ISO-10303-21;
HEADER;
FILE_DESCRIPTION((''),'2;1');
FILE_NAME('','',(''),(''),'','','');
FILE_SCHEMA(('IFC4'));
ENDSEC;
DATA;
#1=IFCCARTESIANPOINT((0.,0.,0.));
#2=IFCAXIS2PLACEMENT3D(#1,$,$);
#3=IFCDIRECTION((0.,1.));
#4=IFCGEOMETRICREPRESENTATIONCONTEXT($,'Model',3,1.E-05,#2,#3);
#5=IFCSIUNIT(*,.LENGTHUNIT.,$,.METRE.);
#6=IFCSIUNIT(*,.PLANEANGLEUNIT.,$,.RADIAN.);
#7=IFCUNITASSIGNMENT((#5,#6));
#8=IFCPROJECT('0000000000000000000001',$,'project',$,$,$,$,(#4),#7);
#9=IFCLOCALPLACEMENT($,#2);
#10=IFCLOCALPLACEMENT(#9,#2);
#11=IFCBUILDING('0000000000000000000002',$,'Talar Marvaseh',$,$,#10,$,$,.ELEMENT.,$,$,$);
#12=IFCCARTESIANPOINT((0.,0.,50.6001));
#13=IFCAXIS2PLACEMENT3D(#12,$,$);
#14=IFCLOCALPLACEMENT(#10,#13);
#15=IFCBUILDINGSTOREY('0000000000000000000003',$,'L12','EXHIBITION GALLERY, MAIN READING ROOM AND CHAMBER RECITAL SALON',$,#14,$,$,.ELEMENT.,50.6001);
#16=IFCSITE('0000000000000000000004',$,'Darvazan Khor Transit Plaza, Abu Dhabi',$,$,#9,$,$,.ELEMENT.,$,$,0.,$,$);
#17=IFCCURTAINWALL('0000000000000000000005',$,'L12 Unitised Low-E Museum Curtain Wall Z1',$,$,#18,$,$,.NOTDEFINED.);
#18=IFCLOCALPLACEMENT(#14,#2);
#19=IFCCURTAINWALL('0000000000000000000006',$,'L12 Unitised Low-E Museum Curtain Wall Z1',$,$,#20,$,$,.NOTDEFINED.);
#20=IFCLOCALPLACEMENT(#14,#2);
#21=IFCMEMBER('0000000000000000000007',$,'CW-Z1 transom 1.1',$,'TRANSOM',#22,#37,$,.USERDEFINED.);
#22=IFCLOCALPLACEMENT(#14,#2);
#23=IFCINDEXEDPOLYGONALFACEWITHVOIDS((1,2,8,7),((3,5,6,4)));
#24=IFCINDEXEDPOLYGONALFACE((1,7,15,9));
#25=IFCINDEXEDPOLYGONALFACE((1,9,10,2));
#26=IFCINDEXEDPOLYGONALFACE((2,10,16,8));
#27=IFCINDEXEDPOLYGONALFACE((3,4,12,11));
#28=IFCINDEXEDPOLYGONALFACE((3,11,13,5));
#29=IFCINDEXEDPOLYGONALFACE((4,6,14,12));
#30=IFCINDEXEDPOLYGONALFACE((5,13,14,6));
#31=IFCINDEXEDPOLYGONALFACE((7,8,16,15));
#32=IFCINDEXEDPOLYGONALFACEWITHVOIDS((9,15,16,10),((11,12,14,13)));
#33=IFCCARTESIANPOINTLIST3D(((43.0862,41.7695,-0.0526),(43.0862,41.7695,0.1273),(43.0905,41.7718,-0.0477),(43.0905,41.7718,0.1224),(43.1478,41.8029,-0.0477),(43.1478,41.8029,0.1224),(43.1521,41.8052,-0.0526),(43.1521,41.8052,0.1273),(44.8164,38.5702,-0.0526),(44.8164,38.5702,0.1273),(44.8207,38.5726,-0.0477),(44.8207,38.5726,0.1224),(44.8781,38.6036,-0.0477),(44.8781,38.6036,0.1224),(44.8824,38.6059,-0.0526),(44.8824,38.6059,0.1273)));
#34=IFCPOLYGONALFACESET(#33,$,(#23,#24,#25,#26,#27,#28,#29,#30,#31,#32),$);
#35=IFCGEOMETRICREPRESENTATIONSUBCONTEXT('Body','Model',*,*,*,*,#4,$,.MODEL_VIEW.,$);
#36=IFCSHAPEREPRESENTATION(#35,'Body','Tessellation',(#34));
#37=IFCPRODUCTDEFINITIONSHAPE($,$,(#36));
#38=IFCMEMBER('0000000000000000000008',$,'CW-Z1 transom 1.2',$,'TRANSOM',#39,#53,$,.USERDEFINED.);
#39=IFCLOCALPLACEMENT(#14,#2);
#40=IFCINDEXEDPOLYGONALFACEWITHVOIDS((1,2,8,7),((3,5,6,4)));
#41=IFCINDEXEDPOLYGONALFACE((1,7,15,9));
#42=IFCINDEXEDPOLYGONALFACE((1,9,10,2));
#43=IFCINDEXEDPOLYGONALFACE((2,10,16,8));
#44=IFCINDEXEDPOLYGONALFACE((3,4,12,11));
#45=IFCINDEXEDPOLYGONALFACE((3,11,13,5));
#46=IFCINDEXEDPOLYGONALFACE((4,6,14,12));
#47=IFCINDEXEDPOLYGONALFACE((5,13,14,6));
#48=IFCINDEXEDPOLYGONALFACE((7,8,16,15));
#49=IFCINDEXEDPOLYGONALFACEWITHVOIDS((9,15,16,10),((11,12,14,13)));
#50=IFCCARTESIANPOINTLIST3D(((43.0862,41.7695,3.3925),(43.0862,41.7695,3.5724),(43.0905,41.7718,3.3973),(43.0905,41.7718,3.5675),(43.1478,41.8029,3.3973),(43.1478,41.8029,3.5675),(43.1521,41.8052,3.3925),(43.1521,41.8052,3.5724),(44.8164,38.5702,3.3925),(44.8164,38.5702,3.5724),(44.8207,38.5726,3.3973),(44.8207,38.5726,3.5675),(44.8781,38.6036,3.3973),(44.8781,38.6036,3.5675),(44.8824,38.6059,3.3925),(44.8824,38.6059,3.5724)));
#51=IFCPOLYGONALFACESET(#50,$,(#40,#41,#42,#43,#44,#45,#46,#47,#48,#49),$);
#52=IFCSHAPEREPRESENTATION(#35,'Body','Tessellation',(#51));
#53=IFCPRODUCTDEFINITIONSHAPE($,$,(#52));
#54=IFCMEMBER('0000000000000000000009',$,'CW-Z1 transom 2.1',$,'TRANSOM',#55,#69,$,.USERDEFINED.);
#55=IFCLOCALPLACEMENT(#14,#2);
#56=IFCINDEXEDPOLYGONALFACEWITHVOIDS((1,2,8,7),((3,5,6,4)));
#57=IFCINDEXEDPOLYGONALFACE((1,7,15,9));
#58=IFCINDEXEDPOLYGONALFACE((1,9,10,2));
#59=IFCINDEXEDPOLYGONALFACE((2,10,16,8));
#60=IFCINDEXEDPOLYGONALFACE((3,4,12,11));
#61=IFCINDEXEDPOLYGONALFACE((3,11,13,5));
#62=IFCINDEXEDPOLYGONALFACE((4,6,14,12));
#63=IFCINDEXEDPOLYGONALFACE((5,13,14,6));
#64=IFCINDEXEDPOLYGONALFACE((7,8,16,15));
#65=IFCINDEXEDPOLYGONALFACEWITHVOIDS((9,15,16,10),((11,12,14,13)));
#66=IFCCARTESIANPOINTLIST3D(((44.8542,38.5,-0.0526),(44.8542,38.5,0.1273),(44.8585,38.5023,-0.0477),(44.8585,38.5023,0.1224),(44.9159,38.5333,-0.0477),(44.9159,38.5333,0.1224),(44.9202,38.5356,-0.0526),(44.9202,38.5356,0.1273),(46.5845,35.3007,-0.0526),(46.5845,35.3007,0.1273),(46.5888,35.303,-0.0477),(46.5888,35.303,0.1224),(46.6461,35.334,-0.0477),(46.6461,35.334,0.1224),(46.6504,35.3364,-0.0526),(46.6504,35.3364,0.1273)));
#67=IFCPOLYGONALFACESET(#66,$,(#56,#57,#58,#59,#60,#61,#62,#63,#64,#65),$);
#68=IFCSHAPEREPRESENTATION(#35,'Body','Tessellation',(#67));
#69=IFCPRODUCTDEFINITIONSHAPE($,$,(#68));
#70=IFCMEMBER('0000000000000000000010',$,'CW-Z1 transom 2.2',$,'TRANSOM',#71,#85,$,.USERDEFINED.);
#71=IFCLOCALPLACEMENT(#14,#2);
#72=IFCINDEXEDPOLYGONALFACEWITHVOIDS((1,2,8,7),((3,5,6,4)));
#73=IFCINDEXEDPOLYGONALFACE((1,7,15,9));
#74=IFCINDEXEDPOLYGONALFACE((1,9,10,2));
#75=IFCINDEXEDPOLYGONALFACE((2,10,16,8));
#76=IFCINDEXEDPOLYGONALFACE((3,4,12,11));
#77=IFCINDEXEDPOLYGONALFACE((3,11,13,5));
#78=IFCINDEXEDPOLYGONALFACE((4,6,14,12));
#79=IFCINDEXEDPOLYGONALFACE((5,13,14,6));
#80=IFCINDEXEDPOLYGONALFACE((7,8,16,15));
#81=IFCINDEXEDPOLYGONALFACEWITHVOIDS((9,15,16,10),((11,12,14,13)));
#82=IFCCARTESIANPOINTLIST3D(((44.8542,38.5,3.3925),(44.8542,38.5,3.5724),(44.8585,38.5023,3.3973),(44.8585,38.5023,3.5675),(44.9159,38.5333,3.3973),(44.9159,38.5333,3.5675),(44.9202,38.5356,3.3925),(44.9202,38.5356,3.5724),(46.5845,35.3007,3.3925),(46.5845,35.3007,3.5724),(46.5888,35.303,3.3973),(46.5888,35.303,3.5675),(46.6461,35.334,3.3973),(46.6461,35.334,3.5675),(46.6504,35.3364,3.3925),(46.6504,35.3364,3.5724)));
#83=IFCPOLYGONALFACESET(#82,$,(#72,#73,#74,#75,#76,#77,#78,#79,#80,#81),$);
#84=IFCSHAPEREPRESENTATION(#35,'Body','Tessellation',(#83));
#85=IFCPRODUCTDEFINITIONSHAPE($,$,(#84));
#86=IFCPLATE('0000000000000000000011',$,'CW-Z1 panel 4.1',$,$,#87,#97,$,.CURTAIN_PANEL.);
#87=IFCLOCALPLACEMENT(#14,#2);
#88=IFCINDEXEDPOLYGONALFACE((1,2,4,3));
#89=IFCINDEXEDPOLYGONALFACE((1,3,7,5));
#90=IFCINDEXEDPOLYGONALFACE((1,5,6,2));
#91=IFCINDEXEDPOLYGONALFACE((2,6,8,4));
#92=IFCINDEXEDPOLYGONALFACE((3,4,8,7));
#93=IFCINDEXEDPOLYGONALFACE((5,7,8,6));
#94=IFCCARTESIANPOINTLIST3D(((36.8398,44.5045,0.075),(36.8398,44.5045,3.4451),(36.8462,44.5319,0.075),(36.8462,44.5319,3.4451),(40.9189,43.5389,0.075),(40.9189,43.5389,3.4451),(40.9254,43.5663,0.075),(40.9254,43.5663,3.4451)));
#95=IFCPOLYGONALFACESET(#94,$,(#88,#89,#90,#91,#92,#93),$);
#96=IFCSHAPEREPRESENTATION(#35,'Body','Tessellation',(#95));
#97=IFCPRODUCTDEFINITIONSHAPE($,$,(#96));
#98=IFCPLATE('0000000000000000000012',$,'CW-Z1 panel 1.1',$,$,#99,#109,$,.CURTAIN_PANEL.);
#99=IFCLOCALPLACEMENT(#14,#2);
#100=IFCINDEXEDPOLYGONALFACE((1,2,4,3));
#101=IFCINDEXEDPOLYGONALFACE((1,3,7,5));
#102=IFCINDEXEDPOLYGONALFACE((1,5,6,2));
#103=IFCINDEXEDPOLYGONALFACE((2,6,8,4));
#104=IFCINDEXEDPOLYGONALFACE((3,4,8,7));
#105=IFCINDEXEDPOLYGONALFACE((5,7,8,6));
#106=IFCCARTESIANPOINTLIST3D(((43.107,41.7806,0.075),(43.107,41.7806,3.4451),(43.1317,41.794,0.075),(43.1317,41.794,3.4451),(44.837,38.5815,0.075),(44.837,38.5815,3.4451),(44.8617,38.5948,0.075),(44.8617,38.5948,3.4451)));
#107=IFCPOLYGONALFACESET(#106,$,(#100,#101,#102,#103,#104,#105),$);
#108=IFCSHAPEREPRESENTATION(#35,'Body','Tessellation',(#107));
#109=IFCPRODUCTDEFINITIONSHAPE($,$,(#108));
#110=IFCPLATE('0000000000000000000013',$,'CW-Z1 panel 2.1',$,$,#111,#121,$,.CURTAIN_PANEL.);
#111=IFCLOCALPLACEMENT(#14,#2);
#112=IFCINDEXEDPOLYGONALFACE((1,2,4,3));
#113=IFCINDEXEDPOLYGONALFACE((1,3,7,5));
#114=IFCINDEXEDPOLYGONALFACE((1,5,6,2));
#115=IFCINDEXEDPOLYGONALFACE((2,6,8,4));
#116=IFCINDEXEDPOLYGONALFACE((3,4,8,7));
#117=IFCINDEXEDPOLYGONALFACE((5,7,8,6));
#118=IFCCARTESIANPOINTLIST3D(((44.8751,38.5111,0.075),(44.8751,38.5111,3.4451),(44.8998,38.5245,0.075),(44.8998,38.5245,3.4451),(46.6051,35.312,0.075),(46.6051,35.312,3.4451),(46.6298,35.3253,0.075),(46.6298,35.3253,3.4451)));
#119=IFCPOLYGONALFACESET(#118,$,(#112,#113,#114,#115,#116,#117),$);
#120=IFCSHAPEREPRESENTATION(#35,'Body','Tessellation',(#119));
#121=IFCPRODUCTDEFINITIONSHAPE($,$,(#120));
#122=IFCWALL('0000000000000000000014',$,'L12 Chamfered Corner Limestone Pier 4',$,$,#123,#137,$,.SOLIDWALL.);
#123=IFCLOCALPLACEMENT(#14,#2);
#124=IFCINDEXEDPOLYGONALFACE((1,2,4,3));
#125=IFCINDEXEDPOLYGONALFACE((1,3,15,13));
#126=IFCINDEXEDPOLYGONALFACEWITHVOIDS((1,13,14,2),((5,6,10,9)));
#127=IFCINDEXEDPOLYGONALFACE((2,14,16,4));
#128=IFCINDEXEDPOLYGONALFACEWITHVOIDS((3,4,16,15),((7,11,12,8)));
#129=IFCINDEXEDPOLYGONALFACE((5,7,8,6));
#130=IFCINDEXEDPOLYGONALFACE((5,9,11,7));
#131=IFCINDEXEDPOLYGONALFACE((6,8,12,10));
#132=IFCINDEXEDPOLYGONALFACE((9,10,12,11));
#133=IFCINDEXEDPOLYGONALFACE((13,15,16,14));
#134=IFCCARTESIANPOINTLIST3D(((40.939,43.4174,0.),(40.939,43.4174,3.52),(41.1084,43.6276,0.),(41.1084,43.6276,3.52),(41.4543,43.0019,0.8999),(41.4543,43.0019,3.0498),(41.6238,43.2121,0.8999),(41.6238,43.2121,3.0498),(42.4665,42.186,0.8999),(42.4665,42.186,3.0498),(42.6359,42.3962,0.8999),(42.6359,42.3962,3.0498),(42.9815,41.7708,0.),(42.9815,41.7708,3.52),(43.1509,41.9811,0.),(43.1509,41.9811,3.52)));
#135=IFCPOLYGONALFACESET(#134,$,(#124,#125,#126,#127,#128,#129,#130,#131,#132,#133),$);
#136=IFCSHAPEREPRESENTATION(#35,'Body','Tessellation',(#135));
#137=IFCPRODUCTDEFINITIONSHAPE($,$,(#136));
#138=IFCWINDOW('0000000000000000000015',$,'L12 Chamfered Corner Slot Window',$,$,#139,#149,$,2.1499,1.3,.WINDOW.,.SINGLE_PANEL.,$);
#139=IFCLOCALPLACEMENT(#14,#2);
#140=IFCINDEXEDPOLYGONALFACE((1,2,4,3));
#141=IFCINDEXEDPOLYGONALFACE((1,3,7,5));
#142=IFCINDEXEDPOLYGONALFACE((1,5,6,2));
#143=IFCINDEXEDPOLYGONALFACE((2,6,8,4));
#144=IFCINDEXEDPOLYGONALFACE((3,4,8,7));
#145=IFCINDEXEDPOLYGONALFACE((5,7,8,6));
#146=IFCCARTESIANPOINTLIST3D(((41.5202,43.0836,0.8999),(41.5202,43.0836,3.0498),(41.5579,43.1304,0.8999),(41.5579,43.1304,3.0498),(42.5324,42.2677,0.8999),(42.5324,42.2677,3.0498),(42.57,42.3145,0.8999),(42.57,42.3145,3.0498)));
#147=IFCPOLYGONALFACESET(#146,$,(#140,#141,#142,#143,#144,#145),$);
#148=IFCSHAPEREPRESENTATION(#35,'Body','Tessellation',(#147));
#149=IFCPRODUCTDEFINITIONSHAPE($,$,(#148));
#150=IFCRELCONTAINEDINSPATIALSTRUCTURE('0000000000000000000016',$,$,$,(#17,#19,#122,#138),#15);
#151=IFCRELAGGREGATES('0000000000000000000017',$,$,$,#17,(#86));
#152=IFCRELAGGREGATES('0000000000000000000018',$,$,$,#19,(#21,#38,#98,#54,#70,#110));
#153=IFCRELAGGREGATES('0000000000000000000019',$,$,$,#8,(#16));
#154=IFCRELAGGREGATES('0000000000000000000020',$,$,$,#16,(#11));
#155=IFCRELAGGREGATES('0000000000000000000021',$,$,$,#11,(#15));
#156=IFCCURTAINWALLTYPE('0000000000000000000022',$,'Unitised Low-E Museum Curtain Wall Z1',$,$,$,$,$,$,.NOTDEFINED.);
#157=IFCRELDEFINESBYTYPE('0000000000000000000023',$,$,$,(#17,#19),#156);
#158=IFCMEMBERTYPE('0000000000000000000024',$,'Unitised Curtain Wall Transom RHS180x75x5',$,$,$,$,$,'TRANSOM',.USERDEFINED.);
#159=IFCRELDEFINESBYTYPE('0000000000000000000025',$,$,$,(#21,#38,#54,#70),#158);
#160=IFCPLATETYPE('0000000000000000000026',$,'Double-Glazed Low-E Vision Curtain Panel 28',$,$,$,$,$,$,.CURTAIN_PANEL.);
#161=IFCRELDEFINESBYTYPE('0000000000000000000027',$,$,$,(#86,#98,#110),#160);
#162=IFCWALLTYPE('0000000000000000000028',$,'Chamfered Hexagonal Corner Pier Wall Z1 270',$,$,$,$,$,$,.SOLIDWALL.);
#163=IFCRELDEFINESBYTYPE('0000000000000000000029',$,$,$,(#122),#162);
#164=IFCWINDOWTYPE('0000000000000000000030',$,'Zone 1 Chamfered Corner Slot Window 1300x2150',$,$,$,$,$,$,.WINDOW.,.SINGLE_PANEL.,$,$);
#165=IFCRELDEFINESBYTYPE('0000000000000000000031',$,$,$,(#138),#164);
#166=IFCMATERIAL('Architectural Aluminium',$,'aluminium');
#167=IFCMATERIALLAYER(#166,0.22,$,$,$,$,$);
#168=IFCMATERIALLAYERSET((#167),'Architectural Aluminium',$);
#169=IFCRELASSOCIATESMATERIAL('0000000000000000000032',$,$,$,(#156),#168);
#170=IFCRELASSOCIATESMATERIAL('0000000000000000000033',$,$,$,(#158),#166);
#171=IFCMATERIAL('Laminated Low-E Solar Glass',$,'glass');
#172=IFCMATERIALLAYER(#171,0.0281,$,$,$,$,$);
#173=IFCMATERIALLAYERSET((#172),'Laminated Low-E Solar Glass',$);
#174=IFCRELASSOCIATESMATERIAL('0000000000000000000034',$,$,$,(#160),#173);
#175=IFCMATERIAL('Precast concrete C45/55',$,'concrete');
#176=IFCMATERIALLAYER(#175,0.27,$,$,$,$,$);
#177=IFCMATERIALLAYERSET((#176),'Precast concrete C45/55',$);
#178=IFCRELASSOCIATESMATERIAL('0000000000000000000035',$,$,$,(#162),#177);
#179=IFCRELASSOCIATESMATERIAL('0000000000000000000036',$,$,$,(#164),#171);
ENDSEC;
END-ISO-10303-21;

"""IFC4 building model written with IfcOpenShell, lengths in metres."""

from ifc_helpers import new_model, si_unit, direction, frame, frame_2d, origin, origin_2d, place, context, subcontext, project, spatial, rectangle, hollow_rectangle, extrude, source, transform, mapped, material, layer, layer_set, material_profile, profile_set, type_object, type_shapes, element, fill, aggregate, save


model = new_model("IFC4")

# Units and contexts
model_context = context("Model", 3, precision=1e-05, world=origin(), true_north=direction((0.0, 1.0)))
body_context = subcontext(model_context, "Body", "Model", "MODEL_VIEW")
ifc_project = project(units=[si_unit("LENGTHUNIT", "METRE"), si_unit("PLANEANGLEUNIT", "RADIAN")], contexts=[model_context])

# Site, building, storey
site_placement = place(None, origin())
site = spatial("IfcSite", under=ifc_project, at=site_placement, Name="Darvazan Khor Transit Plaza, Abu Dhabi", CompositionType="ELEMENT", RefElevation=0.0)
building_placement = place(site_placement, origin())
building = spatial("IfcBuilding", under=site, at=building_placement, Name="Talar Marvaseh", CompositionType="ELEMENT")
storey_placement = place(building_placement, frame((0.0, 0.0, 50.6001)))
storey = spatial("IfcBuildingStorey", under=building, at=storey_placement, Name="L12", Description="EXHIBITION GALLERY, MAIN READING ROOM AND CHAMBER RECITAL SALON", CompositionType="ELEMENT", Elevation=50.6001)

# Curtain wall
ifc_material_1 = material(Name="Architectural Aluminium", Category="aluminium")
ifc_layer_1 = layer(ifc_material_1, 0.22)
ifc_layer_set_1 = layer_set([ifc_layer_1], Name="Architectural Aluminium")
curtain_wall_type = type_object("IfcCurtainWallType", Name="Unitised Low-E Museum Curtain Wall Z1", PredefinedType="NOTDEFINED", material=ifc_layer_set_1)
curtain_wall_1_placement = place(storey_placement, origin())
curtain_wall_1 = element("IfcCurtainWall", 1, at=curtain_wall_1_placement, inside=storey, type_object=curtain_wall_type, Name="L12 Unitised Low-E Museum Curtain Wall Z1", PredefinedType="NOTDEFINED")

# Curtain wall, members
curtain_wall_2_placement = place(storey_placement, origin())
curtain_wall_2 = element("IfcCurtainWall", 2, at=curtain_wall_2_placement, inside=storey, type_object=curtain_wall_type, Name="L12 Unitised Low-E Museum Curtain Wall Z1", PredefinedType="NOTDEFINED")
ifc_material_profile_1 = material_profile(ifc_material_1, hollow_rectangle(XDim=0.075, YDim=0.1799, WallThickness=0.0049, at=origin_2d()), Name="RHS180x75x5")
ifc_profile_set_1 = profile_set([ifc_material_profile_1], Name="Architectural Aluminium")
member_type_1 = type_object("IfcMemberType", Name="Unitised Curtain Wall Transom RHS180x75x5", ElementType="TRANSOM", PredefinedType="USERDEFINED", material=ifc_profile_set_1)
shared_shape_1 = source(origin(), body_context, "Body", "SweptSolid", [
    extrude(hollow_rectangle(XDim=0.075, YDim=0.1799, WallThickness=0.0049, at=origin_2d()), origin(), (0.0, 0.0, 1.0), 3.6372),
])
type_shapes(member_type_1, [shared_shape_1])
member_1_placement = place(storey_placement, frame((43.1191, 41.7874, 0.0374), z_axis=(0.475712, -0.879601, 0.0), x_axis=(0.879601, 0.475712, 0.0)))
member_1 = element("IfcMember", 3, at=member_1_placement, type_object=member_type_1, Name="CW-Z1 transom 1.1", ObjectType="TRANSOM", PredefinedType="USERDEFINED", context=body_context, shape_type="MappedRepresentation", body=[
    mapped(shared_shape_1, transform((0.0, 0.0, 0.0), x_axis=(1.0, 0.0, 0.0), y_axis=(0.0, 1.0, 0.0), z_axis=(0.0, 0.0, 1.0), scale=1.0)),
])
member_2_placement = place(storey_placement, frame((43.1191, 41.7874, 3.4824), z_axis=(0.475712, -0.879601, 0.0), x_axis=(0.879601, 0.475712, 0.0)))
member_2 = element("IfcMember", 4, at=member_2_placement, type_object=member_type_1, Name="CW-Z1 transom 1.2", ObjectType="TRANSOM", PredefinedType="USERDEFINED", context=body_context, shape_type="MappedRepresentation", body=[
    mapped(shared_shape_1, transform((0.0, 0.0, 0.0), x_axis=(1.0, 0.0, 0.0), y_axis=(0.0, 1.0, 0.0), z_axis=(0.0, 0.0, 1.0), scale=1.0)),
])
member_3_placement = place(storey_placement, frame((44.8872, 38.5178, 0.0374), z_axis=(0.475712, -0.879601, 0.0), x_axis=(0.879601, 0.475712, 0.0)))
member_3 = element("IfcMember", 5, at=member_3_placement, type_object=member_type_1, Name="CW-Z1 transom 2.1", ObjectType="TRANSOM", PredefinedType="USERDEFINED", context=body_context, shape_type="MappedRepresentation", body=[
    mapped(shared_shape_1, transform((0.0, 0.0, 0.0), x_axis=(1.0, 0.0, 0.0), y_axis=(0.0, 1.0, 0.0), z_axis=(0.0, 0.0, 1.0), scale=1.0)),
])
member_4_placement = place(storey_placement, frame((44.8872, 38.5178, 3.4824), z_axis=(0.475712, -0.879601, 0.0), x_axis=(0.879601, 0.475712, 0.0)))
member_4 = element("IfcMember", 6, at=member_4_placement, type_object=member_type_1, Name="CW-Z1 transom 2.2", ObjectType="TRANSOM", PredefinedType="USERDEFINED", context=body_context, shape_type="MappedRepresentation", body=[
    mapped(shared_shape_1, transform((0.0, 0.0, 0.0), x_axis=(1.0, 0.0, 0.0), y_axis=(0.0, 1.0, 0.0), z_axis=(0.0, 0.0, 1.0), scale=1.0)),
])

# Plates
ifc_material_2 = material(Name="Laminated Low-E Solar Glass", Category="glass")
ifc_layer_2 = layer(ifc_material_2, 0.0281)
ifc_layer_set_2 = layer_set([ifc_layer_2], Name="Laminated Low-E Solar Glass")
plate_type = type_object("IfcPlateType", Name="Double-Glazed Low-E Vision Curtain Panel 28", PredefinedType="CURTAIN_PANEL", material=ifc_layer_set_2)
shared_shape_2 = source(origin(), body_context, "Body", "SweptSolid", [
    extrude(rectangle(XDim=4.1919, YDim=0.0281, at=origin_2d()), origin(), (0.0, 0.0, 1.0), 3.3701),
])
plate_1_placement = place(storey_placement, frame((38.8826, 44.0354, 0.075), z_axis=(0.0, 0.0, 1.0), x_axis=(0.973107, -0.230352, 0.0)))
plate_1 = element("IfcPlate", 7, at=plate_1_placement, type_object=plate_type, Name="CW-Z1 panel 4.1", PredefinedType="CURTAIN_PANEL", context=body_context, shape_type="MappedRepresentation", body=[
    mapped(shared_shape_2, transform((0.0, 0.0, 0.0), x_axis=(1.0, 0.0, 0.0), y_axis=(0.0, 1.0, 0.0), z_axis=(0.0, 0.0, 1.0), scale=1.0)),
])
aggregate(curtain_wall_1, [plate_1])
shared_shape_3 = source(origin(), body_context, "Body", "SweptSolid", [
    extrude(rectangle(XDim=3.637, YDim=0.0281, at=origin_2d()), origin(), (0.0, 0.0, 1.0), 3.3701),
])
type_shapes(plate_type, [shared_shape_2, shared_shape_3])
plate_2_placement = place(storey_placement, frame((43.9844, 40.1877, 0.075), z_axis=(0.0, 0.0, 1.0), x_axis=(0.475677, -0.87962, 0.0)))
plate_2 = element("IfcPlate", 8, at=plate_2_placement, type_object=plate_type, Name="CW-Z1 panel 1.1", PredefinedType="CURTAIN_PANEL", context=body_context, shape_type="MappedRepresentation", body=[
    mapped(shared_shape_3, transform((0.0, 0.0, 0.0), x_axis=(1.0, 0.0, 0.0), y_axis=(0.0, 1.0, 0.0), z_axis=(0.0, 0.0, 1.0), scale=1.0)),
])
plate_3_placement = place(storey_placement, frame((45.7524, 36.9182, 0.075), z_axis=(0.0, 0.0, 1.0), x_axis=(0.475677, -0.87962, 0.0)))
plate_3 = element("IfcPlate", 9, at=plate_3_placement, type_object=plate_type, Name="CW-Z1 panel 2.1", PredefinedType="CURTAIN_PANEL", context=body_context, shape_type="MappedRepresentation", body=[
    mapped(shared_shape_3, transform((0.0, 0.0, 0.0), x_axis=(1.0, 0.0, 0.0), y_axis=(0.0, 1.0, 0.0), z_axis=(0.0, 0.0, 1.0), scale=1.0)),
])
aggregate(curtain_wall_2, [member_1, member_2, plate_2, member_3, member_4, plate_3])

# Wall, opening, window
ifc_material_3 = material(Name="Precast concrete C45/55", Category="concrete")
ifc_layer_3 = layer(ifc_material_3, 0.27)
ifc_layer_set_3 = layer_set([ifc_layer_3], Name="Precast concrete C45/55")
wall_type_1 = type_object("IfcWallType", Name="Chamfered Hexagonal Corner Pier Wall Z1 270", PredefinedType="SOLIDWALL", material=ifc_layer_set_3)
wall_1_placement = place(storey_placement, frame((41.0237, 43.5225, 0.0), z_axis=(0.0, 0.0, 1.0), x_axis=(0.778539, -0.627596, 0.0)))
wall_1 = element("IfcWall", 10, at=wall_1_placement, inside=storey, type_object=wall_type_1, Name="L12 Chamfered Corner Limestone Pier 4", PredefinedType="SOLIDWALL", context=body_context, shape_type="SweptSolid", body=[
    extrude(rectangle(XDim=2.6235, YDim=0.27, at=frame_2d((1.3118, 0.0))), origin(), (0.0, 0.0, 1.0), 3.52),
])
opening_1_placement = place(wall_1_placement, frame((0.6621, 0.0, 0.8999)))
opening_1 = element("IfcOpeningElement", 11, at=opening_1_placement, cuts=wall_1, PredefinedType="OPENING", context=body_context, shape_type="SweptSolid", body=[
    extrude(rectangle(XDim=1.3, YDim=2.1499, at=frame_2d((0.6499, 1.075))), frame((0.0, 0.145, 0.0), z_axis=(0.0, -1.0, 0.0), x_axis=(1.0, 0.0, 0.0)), (0.0, 0.0, 1.0), 0.29),
])
window_type = type_object("IfcWindowType", Name="Zone 1 Chamfered Corner Slot Window 1300x2150", PartitioningType="SINGLE_PANEL", PredefinedType="WINDOW", material=ifc_material_2)
shared_shape_4 = source(origin(), body_context, "Body", "SweptSolid", [
    extrude(rectangle(XDim=1.3, YDim=2.1499, at=frame_2d((0.6499, 1.075))), frame((0.0, 0.03, 0.0), z_axis=(0.0, -1.0, 0.0), x_axis=(1.0, 0.0, 0.0)), (0.0, 0.0, 1.0), 0.0601),
])
type_shapes(window_type, [shared_shape_4])
window_placement = place(opening_1_placement, origin())
window = element("IfcWindow", 12, at=window_placement, inside=storey, type_object=window_type, Name="L12 Chamfered Corner Slot Window", OverallHeight=2.1499, OverallWidth=1.3, PartitioningType="SINGLE_PANEL", PredefinedType="WINDOW", context=body_context, shape_type="MappedRepresentation", body=[
    mapped(shared_shape_4, transform((0.0, 0.0, 0.0), x_axis=(1.0, 0.0, 0.0), y_axis=(0.0, 1.0, 0.0), z_axis=(0.0, 0.0, 1.0), scale=1.0)),
])
fill(opening_1, window)

save(model, "model.ifc")
